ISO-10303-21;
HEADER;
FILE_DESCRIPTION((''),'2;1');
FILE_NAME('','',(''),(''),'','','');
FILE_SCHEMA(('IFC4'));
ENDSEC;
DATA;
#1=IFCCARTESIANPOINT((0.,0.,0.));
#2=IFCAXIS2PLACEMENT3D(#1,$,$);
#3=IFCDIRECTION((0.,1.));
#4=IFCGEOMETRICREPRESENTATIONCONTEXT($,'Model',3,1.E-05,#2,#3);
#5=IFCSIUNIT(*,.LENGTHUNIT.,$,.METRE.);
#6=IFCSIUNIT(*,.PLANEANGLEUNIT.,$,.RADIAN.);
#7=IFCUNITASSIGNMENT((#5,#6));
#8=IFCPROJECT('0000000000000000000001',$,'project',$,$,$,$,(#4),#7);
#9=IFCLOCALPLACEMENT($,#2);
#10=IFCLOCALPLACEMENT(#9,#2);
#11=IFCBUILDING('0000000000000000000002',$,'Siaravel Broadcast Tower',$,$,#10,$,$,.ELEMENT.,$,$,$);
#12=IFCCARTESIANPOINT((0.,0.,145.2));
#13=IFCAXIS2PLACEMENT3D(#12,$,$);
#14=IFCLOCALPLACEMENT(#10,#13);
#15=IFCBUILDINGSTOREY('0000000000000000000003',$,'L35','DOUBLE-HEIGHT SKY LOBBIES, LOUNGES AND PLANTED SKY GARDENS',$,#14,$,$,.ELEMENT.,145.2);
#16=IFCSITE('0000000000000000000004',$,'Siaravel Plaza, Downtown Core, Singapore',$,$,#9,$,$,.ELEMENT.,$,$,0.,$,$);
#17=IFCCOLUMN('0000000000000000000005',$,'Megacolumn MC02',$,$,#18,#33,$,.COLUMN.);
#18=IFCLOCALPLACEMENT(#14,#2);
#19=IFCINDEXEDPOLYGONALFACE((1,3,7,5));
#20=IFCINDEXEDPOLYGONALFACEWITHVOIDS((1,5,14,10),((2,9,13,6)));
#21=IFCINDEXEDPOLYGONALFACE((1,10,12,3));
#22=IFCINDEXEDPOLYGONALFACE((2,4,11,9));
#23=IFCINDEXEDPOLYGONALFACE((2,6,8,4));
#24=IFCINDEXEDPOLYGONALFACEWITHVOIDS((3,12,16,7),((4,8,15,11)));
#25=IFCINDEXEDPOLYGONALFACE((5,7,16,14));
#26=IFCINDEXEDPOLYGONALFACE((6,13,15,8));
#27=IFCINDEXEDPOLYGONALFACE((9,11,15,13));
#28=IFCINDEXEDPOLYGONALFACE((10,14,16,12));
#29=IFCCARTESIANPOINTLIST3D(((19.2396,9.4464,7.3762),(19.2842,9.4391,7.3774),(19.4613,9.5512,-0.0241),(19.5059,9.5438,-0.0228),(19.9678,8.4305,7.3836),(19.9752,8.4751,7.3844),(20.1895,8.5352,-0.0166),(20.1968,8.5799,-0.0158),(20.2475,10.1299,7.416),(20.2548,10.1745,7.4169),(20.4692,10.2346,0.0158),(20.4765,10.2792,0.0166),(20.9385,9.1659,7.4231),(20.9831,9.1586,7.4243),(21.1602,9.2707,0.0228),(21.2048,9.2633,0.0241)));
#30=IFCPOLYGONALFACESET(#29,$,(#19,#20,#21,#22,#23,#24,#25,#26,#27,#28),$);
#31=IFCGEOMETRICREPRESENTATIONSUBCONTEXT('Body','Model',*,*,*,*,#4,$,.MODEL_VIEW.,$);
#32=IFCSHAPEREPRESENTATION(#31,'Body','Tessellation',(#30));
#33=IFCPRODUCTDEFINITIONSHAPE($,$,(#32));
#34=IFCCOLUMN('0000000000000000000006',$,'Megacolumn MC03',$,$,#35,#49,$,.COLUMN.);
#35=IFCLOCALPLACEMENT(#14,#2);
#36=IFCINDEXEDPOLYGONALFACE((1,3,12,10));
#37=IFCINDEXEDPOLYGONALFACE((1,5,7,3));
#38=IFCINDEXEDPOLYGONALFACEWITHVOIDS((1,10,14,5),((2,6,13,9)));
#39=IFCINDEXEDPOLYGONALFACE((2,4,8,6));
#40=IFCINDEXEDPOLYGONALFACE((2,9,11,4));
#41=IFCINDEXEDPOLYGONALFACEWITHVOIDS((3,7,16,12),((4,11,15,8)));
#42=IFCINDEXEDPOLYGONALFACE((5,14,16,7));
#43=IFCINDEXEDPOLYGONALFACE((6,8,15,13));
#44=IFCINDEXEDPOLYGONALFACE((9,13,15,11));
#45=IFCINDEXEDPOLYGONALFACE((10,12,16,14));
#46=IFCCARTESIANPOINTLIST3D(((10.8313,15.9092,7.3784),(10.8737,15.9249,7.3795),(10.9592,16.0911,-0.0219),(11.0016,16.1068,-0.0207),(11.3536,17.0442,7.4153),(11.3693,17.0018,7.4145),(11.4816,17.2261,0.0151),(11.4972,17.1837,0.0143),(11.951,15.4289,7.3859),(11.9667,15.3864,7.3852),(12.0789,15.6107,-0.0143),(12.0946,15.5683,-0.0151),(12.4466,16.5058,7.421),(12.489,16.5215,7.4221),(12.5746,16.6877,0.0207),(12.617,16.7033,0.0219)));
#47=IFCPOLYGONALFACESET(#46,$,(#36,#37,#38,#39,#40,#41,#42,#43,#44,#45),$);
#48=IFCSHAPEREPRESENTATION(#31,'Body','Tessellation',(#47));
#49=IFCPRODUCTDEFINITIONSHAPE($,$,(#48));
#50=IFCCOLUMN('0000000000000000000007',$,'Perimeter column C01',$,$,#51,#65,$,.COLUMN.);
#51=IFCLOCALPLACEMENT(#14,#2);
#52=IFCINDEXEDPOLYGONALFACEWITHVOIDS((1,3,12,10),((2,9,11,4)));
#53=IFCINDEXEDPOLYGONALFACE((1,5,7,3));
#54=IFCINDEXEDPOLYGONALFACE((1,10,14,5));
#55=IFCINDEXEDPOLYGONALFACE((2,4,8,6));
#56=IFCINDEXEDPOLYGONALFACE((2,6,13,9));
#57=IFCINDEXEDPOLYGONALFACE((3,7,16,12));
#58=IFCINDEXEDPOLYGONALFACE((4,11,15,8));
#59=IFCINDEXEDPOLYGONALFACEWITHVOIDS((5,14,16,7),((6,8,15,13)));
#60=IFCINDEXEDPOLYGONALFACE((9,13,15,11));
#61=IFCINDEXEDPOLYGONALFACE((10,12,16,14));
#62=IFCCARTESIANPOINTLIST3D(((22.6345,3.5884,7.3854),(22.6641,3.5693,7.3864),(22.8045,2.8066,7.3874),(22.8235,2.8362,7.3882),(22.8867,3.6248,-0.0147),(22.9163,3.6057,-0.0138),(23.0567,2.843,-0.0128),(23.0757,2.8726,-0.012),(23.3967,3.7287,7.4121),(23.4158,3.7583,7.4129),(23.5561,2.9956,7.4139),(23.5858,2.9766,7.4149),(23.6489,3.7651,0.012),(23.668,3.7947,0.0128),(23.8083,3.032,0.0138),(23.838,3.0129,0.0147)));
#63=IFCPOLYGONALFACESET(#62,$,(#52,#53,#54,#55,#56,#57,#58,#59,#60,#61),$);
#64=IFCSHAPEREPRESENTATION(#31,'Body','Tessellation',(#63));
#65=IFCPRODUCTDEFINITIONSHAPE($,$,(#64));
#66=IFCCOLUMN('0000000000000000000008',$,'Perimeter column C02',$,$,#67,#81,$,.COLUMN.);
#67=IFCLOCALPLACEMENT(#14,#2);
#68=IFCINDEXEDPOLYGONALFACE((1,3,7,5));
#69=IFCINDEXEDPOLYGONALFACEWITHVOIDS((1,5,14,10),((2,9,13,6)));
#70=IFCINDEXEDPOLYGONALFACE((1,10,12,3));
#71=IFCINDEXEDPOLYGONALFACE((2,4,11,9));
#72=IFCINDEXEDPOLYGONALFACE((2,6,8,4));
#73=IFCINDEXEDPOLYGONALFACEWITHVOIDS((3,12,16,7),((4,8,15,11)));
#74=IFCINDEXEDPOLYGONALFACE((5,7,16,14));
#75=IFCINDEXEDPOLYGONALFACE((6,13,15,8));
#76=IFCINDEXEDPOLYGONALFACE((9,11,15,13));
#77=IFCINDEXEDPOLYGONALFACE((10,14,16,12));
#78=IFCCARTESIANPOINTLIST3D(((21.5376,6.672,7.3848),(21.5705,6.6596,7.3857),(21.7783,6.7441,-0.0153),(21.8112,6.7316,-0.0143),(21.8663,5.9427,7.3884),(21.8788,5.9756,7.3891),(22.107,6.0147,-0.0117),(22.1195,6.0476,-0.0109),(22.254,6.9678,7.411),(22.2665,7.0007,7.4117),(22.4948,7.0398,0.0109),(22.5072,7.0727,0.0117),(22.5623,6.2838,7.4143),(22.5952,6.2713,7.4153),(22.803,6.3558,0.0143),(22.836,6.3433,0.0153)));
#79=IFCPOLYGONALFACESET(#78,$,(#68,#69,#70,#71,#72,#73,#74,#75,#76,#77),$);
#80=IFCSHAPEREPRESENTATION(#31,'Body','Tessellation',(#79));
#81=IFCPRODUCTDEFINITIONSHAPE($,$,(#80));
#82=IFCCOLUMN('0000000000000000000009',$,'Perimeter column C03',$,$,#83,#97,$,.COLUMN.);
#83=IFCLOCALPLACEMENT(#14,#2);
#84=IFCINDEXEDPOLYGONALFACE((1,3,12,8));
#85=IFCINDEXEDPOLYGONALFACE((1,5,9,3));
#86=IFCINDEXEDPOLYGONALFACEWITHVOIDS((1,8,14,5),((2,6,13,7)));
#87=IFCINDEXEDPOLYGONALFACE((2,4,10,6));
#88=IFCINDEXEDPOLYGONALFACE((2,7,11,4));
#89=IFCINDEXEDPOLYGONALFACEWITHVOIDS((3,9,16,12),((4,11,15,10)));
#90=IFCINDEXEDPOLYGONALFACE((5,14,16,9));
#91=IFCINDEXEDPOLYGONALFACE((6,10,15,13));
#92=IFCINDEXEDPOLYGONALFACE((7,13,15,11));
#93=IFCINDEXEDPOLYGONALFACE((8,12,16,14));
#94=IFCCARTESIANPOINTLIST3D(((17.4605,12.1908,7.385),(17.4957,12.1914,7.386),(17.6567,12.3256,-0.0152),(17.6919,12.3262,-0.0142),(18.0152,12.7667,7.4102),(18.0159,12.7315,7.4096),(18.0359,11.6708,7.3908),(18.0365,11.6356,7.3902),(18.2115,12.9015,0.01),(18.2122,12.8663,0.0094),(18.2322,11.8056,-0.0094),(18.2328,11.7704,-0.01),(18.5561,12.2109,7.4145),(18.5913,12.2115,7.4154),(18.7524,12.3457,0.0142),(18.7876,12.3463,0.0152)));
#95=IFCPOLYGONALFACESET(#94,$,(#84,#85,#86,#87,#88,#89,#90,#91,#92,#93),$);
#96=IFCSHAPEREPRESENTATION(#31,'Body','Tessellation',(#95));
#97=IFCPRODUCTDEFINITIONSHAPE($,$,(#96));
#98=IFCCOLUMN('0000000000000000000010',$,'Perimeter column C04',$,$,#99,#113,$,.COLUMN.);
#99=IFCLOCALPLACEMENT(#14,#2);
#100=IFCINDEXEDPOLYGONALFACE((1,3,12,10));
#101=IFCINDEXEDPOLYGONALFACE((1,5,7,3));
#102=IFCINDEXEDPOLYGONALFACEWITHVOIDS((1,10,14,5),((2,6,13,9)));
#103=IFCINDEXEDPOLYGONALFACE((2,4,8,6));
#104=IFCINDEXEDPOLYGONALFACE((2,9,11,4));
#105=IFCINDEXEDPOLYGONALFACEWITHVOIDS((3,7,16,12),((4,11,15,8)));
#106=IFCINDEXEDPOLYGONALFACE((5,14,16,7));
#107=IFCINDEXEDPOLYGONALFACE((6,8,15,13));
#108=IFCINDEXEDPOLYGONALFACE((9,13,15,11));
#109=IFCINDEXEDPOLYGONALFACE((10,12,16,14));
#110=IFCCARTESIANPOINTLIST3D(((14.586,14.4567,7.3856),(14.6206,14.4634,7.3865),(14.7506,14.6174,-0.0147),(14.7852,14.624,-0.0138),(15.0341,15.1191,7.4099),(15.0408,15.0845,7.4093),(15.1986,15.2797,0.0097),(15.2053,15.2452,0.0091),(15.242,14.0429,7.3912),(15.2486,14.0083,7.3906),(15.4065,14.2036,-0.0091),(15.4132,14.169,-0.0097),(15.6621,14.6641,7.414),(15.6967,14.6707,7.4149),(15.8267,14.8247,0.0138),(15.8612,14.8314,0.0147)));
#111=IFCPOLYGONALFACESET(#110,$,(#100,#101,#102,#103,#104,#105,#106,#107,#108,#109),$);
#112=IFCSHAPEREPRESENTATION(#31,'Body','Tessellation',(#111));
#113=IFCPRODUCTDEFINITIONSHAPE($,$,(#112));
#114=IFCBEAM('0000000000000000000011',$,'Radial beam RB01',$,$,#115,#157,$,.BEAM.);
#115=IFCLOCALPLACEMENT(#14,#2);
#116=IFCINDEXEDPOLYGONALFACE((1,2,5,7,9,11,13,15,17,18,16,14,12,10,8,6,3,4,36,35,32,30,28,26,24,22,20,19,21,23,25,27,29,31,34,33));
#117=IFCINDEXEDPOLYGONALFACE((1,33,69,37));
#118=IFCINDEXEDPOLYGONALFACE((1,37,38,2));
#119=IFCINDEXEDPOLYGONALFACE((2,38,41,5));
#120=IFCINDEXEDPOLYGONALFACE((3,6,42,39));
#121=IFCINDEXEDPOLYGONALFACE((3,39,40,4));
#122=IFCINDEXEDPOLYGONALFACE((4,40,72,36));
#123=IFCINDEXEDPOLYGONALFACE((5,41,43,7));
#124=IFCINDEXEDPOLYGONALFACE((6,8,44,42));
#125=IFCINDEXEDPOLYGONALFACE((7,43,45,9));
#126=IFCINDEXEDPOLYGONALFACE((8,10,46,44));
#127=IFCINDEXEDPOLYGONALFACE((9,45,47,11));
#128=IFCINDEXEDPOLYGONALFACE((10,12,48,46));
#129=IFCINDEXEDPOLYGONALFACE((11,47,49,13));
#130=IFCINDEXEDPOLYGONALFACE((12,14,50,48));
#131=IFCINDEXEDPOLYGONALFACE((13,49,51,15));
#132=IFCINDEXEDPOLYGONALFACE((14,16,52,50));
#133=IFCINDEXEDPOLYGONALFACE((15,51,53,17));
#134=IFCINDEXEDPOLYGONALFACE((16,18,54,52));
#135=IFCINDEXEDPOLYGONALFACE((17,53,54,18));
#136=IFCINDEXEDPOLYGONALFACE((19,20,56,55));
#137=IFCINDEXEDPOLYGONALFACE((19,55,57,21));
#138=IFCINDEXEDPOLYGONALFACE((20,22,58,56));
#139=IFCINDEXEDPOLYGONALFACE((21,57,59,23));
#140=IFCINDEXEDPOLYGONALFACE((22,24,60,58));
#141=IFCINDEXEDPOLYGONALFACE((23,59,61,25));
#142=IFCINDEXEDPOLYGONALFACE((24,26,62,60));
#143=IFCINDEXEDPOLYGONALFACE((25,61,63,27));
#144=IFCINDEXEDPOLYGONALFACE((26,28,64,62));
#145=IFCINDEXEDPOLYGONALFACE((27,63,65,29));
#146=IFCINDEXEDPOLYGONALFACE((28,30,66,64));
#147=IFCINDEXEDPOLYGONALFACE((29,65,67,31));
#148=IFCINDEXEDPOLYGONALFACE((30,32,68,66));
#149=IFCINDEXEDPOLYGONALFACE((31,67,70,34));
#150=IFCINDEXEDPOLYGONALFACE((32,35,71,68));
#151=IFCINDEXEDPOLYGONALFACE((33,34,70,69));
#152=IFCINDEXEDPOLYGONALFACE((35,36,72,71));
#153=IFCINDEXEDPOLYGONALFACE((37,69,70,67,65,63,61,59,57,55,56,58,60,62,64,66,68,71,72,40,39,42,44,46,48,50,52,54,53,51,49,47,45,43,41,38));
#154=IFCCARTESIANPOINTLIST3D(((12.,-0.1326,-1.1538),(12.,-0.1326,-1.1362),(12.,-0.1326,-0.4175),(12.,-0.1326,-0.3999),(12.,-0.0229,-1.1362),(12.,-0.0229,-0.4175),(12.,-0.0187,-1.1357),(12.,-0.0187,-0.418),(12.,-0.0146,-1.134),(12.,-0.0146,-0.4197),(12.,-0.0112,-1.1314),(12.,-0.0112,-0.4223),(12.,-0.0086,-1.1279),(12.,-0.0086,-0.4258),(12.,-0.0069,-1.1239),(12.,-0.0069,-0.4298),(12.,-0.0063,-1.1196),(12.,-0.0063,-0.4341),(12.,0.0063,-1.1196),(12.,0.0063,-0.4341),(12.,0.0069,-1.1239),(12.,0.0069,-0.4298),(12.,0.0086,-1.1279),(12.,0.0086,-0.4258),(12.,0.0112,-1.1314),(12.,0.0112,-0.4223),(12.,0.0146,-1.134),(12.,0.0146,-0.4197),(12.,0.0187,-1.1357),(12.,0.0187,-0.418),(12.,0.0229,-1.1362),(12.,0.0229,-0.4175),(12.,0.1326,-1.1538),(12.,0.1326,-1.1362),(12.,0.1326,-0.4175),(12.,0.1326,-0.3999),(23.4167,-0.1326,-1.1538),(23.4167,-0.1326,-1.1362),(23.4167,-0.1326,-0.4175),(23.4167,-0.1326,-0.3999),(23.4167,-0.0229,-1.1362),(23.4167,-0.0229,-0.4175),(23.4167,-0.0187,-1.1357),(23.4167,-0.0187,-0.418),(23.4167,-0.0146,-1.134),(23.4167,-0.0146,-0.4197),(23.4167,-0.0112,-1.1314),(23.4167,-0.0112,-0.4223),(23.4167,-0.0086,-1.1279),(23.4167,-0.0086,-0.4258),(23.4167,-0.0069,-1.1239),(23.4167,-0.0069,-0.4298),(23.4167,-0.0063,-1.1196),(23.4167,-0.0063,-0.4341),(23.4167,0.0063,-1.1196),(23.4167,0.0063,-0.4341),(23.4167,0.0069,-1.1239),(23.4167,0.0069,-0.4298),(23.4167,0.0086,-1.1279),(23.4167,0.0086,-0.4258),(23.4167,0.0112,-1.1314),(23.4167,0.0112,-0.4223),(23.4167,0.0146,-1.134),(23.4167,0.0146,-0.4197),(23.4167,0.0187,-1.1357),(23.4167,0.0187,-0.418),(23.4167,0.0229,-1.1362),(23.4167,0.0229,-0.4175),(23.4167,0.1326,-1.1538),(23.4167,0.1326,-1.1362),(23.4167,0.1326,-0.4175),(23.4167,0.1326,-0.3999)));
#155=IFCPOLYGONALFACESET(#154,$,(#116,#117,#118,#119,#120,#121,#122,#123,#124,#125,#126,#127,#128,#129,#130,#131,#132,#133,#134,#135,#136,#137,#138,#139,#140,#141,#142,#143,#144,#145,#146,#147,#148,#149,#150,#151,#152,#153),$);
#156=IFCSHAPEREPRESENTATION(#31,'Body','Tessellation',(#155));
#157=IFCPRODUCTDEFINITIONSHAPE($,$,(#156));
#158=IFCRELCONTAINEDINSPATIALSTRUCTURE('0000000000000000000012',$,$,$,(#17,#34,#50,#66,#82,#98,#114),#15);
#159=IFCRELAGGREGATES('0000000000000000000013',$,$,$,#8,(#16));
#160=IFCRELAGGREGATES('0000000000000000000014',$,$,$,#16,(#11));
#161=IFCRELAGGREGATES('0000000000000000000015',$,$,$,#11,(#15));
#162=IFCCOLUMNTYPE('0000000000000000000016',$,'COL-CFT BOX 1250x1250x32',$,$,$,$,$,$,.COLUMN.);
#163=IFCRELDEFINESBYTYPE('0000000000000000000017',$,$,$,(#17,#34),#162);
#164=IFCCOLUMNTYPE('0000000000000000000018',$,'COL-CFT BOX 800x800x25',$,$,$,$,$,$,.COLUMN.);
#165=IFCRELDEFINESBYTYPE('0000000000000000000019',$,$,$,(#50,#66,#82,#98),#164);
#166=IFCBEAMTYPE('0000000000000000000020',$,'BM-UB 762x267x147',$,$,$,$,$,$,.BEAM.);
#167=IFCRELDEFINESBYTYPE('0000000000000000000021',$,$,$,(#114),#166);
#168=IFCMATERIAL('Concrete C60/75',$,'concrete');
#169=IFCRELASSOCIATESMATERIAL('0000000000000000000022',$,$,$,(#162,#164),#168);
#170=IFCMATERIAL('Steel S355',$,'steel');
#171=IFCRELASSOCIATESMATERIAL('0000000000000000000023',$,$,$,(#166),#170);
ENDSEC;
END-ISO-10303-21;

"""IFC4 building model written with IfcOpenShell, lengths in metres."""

from ifc_helpers import new_model, si_unit, direction, frame, origin, origin_2d, place, context, subcontext, project, spatial, hollow_rectangle, i_section, extrude, material, material_profile, profile_set, type_object, element, save


model = new_model("IFC4")

# Units and contexts
model_context = context("Model", 3, precision=1e-05, world=origin(), true_north=direction((0.0, 1.0)))
body_context = subcontext(model_context, "Body", "Model", "MODEL_VIEW")
ifc_project = project(units=[si_unit("LENGTHUNIT", "METRE"), si_unit("PLANEANGLEUNIT", "RADIAN")], contexts=[model_context])

# Site, building, storey
site_placement = place(None, origin())
site = spatial("IfcSite", under=ifc_project, at=site_placement, Name="Siaravel Plaza, Downtown Core, Singapore", CompositionType="ELEMENT", RefElevation=0.0)
building_placement = place(site_placement, origin())
building = spatial("IfcBuilding", under=site, at=building_placement, Name="Siaravel Broadcast Tower", CompositionType="ELEMENT")
storey_placement = place(building_placement, frame((0.0, 0.0, 145.2)))
storey = spatial("IfcBuildingStorey", under=building, at=storey_placement, Name="L35", Description="DOUBLE-HEIGHT SKY LOBBIES, LOUNGES AND PLANTED SKY GARDENS", CompositionType="ELEMENT", Elevation=145.2)

# Columns
ifc_material_1 = material(Name="Concrete C60/75", Category="concrete")
ifc_material_profile_1 = material_profile(ifc_material_1, hollow_rectangle(XDim=1.25, YDim=1.25, WallThickness=0.032, at=origin_2d()))
ifc_profile_set_1 = profile_set([ifc_material_profile_1], Name="Concrete C60/75")
column_type_1 = type_object("IfcColumnType", Name="COL-CFT BOX 1250x1250x32", PredefinedType="COLUMN", material=ifc_profile_set_1)
column_1_placement = place(storey_placement, frame((20.333, 9.4072, 0.0), z_axis=(-0.02994, -0.014146, 0.999452), x_axis=(0.58259, -0.812745, 0.005949)))
element("IfcColumn", 1, at=column_1_placement, inside=storey, type_object=column_type_1, Name="Megacolumn MC02", PredefinedType="COLUMN", context=body_context, shape_type="SweptSolid", body=[
    extrude(hollow_rectangle(XDim=1.25, YDim=1.25, WallThickness=0.032, at=origin_2d()), origin(), (0.0, 0.0, 1.0), 7.4043),
])
column_2_placement = place(storey_placement, frame((11.7881, 16.3972, 0.0), z_axis=(-0.01728, -0.024567, 0.999549), x_axis=(0.908331, -0.418217, 0.005424)))
element("IfcColumn", 2, at=column_2_placement, inside=storey, type_object=column_type_1, Name="Megacolumn MC03", PredefinedType="COLUMN", context=body_context, shape_type="SweptSolid", body=[
    extrude(hollow_rectangle(XDim=1.25, YDim=1.25, WallThickness=0.032, at=origin_2d()), origin(), (0.0, 0.0, 1.0), 7.4036),
])
ifc_material_profile_2 = material_profile(ifc_material_1, hollow_rectangle(XDim=0.8, YDim=0.8, WallThickness=0.0249, at=origin_2d()))
ifc_profile_set_2 = profile_set([ifc_material_profile_2], Name="Concrete C60/75")
column_type_2 = type_object("IfcColumnType", Name="COL-CFT BOX 800x800x25", PredefinedType="COLUMN", material=ifc_profile_set_2)
column_3_placement = place(storey_placement, frame((23.3623, 3.3188, 0.0), z_axis=(-0.03406, -0.004913, 0.999408), x_axis=(0.21249, -0.97716, 0.002438)))
element("IfcColumn", 3, at=column_3_placement, inside=storey, type_object=column_type_2, Name="Perimeter column C01", PredefinedType="COLUMN", context=body_context, shape_type="SweptSolid", body=[
    extrude(hollow_rectangle(XDim=0.8, YDim=0.8, WallThickness=0.0249, at=origin_2d()), origin(), (0.0, 0.0, 1.0), 7.4045),
])
column_4_placement = place(storey_placement, frame((22.3071, 6.5437, 0.0), z_axis=(-0.032511, -0.009727, 0.999424), x_axis=(0.410894, -0.911672, 0.004493)))
element("IfcColumn", 4, at=column_4_placement, inside=storey, type_object=column_type_2, Name="Perimeter column C02", PredefinedType="COLUMN", context=body_context, shape_type="SweptSolid", body=[
    extrude(hollow_rectangle(XDim=0.8, YDim=0.8, WallThickness=0.0249, at=origin_2d()), origin(), (0.0, 0.0, 1.0), 7.4043),
])
column_5_placement = place(storey_placement, frame((18.2222, 12.3359, 0.0), z_axis=(-0.026511, -0.018202, 0.999483), x_axis=(0.720044, -0.693898, 0.006462)))
element("IfcColumn", 5, at=column_5_placement, inside=storey, type_object=column_type_2, Name="Perimeter column C03", PredefinedType="COLUMN", context=body_context, shape_type="SweptSolid", body=[
    extrude(hollow_rectangle(XDim=0.8, YDim=0.8, WallThickness=0.0249, at=origin_2d()), origin(), (0.0, 0.0, 1.0), 7.4041),
])
column_6_placement = place(storey_placement, frame((15.3059, 14.7244, 0.0), z_axis=(-0.022225, -0.021698, 0.999518), x_axis=(0.828185, -0.560421, 0.00625)))
element("IfcColumn", 6, at=column_6_placement, inside=storey, type_object=column_type_2, Name="Perimeter column C04", PredefinedType="COLUMN", context=body_context, shape_type="SweptSolid", body=[
    extrude(hollow_rectangle(XDim=0.8, YDim=0.8, WallThickness=0.0249, at=origin_2d()), origin(), (0.0, 0.0, 1.0), 7.4038),
])

# Beam
ifc_material_2 = material(Name="Steel S355", Category="steel")
ifc_material_profile_3 = material_profile(ifc_material_2, i_section(OverallWidth=0.2651, OverallDepth=0.7539, WebThickness=0.0127, FlangeThickness=0.0176, FilletRadius=0.0166, at=origin_2d()))
ifc_profile_set_3 = profile_set([ifc_material_profile_3], Name="Steel S355")
beam_type = type_object("IfcBeamType", Name="BM-UB 762x267x147", PredefinedType="BEAM", material=ifc_profile_set_3)
beam_1_placement = place(storey_placement, frame((23.4167, 0.0, -0.7769), z_axis=(-1.0, 0.0, 0.0), x_axis=(0.0, -1.0, 0.0)))
element("IfcBeam", 7, at=beam_1_placement, inside=storey, type_object=beam_type, Name="Radial beam RB01", PredefinedType="BEAM", context=body_context, shape_type="SweptSolid", body=[
    extrude(i_section(OverallWidth=0.2651, OverallDepth=0.7539, WebThickness=0.0127, FlangeThickness=0.0176, FilletRadius=0.0166, at=origin_2d()), origin(), (0.0, 0.0, 1.0), 11.4167),
])

save(model, "model.ifc")
